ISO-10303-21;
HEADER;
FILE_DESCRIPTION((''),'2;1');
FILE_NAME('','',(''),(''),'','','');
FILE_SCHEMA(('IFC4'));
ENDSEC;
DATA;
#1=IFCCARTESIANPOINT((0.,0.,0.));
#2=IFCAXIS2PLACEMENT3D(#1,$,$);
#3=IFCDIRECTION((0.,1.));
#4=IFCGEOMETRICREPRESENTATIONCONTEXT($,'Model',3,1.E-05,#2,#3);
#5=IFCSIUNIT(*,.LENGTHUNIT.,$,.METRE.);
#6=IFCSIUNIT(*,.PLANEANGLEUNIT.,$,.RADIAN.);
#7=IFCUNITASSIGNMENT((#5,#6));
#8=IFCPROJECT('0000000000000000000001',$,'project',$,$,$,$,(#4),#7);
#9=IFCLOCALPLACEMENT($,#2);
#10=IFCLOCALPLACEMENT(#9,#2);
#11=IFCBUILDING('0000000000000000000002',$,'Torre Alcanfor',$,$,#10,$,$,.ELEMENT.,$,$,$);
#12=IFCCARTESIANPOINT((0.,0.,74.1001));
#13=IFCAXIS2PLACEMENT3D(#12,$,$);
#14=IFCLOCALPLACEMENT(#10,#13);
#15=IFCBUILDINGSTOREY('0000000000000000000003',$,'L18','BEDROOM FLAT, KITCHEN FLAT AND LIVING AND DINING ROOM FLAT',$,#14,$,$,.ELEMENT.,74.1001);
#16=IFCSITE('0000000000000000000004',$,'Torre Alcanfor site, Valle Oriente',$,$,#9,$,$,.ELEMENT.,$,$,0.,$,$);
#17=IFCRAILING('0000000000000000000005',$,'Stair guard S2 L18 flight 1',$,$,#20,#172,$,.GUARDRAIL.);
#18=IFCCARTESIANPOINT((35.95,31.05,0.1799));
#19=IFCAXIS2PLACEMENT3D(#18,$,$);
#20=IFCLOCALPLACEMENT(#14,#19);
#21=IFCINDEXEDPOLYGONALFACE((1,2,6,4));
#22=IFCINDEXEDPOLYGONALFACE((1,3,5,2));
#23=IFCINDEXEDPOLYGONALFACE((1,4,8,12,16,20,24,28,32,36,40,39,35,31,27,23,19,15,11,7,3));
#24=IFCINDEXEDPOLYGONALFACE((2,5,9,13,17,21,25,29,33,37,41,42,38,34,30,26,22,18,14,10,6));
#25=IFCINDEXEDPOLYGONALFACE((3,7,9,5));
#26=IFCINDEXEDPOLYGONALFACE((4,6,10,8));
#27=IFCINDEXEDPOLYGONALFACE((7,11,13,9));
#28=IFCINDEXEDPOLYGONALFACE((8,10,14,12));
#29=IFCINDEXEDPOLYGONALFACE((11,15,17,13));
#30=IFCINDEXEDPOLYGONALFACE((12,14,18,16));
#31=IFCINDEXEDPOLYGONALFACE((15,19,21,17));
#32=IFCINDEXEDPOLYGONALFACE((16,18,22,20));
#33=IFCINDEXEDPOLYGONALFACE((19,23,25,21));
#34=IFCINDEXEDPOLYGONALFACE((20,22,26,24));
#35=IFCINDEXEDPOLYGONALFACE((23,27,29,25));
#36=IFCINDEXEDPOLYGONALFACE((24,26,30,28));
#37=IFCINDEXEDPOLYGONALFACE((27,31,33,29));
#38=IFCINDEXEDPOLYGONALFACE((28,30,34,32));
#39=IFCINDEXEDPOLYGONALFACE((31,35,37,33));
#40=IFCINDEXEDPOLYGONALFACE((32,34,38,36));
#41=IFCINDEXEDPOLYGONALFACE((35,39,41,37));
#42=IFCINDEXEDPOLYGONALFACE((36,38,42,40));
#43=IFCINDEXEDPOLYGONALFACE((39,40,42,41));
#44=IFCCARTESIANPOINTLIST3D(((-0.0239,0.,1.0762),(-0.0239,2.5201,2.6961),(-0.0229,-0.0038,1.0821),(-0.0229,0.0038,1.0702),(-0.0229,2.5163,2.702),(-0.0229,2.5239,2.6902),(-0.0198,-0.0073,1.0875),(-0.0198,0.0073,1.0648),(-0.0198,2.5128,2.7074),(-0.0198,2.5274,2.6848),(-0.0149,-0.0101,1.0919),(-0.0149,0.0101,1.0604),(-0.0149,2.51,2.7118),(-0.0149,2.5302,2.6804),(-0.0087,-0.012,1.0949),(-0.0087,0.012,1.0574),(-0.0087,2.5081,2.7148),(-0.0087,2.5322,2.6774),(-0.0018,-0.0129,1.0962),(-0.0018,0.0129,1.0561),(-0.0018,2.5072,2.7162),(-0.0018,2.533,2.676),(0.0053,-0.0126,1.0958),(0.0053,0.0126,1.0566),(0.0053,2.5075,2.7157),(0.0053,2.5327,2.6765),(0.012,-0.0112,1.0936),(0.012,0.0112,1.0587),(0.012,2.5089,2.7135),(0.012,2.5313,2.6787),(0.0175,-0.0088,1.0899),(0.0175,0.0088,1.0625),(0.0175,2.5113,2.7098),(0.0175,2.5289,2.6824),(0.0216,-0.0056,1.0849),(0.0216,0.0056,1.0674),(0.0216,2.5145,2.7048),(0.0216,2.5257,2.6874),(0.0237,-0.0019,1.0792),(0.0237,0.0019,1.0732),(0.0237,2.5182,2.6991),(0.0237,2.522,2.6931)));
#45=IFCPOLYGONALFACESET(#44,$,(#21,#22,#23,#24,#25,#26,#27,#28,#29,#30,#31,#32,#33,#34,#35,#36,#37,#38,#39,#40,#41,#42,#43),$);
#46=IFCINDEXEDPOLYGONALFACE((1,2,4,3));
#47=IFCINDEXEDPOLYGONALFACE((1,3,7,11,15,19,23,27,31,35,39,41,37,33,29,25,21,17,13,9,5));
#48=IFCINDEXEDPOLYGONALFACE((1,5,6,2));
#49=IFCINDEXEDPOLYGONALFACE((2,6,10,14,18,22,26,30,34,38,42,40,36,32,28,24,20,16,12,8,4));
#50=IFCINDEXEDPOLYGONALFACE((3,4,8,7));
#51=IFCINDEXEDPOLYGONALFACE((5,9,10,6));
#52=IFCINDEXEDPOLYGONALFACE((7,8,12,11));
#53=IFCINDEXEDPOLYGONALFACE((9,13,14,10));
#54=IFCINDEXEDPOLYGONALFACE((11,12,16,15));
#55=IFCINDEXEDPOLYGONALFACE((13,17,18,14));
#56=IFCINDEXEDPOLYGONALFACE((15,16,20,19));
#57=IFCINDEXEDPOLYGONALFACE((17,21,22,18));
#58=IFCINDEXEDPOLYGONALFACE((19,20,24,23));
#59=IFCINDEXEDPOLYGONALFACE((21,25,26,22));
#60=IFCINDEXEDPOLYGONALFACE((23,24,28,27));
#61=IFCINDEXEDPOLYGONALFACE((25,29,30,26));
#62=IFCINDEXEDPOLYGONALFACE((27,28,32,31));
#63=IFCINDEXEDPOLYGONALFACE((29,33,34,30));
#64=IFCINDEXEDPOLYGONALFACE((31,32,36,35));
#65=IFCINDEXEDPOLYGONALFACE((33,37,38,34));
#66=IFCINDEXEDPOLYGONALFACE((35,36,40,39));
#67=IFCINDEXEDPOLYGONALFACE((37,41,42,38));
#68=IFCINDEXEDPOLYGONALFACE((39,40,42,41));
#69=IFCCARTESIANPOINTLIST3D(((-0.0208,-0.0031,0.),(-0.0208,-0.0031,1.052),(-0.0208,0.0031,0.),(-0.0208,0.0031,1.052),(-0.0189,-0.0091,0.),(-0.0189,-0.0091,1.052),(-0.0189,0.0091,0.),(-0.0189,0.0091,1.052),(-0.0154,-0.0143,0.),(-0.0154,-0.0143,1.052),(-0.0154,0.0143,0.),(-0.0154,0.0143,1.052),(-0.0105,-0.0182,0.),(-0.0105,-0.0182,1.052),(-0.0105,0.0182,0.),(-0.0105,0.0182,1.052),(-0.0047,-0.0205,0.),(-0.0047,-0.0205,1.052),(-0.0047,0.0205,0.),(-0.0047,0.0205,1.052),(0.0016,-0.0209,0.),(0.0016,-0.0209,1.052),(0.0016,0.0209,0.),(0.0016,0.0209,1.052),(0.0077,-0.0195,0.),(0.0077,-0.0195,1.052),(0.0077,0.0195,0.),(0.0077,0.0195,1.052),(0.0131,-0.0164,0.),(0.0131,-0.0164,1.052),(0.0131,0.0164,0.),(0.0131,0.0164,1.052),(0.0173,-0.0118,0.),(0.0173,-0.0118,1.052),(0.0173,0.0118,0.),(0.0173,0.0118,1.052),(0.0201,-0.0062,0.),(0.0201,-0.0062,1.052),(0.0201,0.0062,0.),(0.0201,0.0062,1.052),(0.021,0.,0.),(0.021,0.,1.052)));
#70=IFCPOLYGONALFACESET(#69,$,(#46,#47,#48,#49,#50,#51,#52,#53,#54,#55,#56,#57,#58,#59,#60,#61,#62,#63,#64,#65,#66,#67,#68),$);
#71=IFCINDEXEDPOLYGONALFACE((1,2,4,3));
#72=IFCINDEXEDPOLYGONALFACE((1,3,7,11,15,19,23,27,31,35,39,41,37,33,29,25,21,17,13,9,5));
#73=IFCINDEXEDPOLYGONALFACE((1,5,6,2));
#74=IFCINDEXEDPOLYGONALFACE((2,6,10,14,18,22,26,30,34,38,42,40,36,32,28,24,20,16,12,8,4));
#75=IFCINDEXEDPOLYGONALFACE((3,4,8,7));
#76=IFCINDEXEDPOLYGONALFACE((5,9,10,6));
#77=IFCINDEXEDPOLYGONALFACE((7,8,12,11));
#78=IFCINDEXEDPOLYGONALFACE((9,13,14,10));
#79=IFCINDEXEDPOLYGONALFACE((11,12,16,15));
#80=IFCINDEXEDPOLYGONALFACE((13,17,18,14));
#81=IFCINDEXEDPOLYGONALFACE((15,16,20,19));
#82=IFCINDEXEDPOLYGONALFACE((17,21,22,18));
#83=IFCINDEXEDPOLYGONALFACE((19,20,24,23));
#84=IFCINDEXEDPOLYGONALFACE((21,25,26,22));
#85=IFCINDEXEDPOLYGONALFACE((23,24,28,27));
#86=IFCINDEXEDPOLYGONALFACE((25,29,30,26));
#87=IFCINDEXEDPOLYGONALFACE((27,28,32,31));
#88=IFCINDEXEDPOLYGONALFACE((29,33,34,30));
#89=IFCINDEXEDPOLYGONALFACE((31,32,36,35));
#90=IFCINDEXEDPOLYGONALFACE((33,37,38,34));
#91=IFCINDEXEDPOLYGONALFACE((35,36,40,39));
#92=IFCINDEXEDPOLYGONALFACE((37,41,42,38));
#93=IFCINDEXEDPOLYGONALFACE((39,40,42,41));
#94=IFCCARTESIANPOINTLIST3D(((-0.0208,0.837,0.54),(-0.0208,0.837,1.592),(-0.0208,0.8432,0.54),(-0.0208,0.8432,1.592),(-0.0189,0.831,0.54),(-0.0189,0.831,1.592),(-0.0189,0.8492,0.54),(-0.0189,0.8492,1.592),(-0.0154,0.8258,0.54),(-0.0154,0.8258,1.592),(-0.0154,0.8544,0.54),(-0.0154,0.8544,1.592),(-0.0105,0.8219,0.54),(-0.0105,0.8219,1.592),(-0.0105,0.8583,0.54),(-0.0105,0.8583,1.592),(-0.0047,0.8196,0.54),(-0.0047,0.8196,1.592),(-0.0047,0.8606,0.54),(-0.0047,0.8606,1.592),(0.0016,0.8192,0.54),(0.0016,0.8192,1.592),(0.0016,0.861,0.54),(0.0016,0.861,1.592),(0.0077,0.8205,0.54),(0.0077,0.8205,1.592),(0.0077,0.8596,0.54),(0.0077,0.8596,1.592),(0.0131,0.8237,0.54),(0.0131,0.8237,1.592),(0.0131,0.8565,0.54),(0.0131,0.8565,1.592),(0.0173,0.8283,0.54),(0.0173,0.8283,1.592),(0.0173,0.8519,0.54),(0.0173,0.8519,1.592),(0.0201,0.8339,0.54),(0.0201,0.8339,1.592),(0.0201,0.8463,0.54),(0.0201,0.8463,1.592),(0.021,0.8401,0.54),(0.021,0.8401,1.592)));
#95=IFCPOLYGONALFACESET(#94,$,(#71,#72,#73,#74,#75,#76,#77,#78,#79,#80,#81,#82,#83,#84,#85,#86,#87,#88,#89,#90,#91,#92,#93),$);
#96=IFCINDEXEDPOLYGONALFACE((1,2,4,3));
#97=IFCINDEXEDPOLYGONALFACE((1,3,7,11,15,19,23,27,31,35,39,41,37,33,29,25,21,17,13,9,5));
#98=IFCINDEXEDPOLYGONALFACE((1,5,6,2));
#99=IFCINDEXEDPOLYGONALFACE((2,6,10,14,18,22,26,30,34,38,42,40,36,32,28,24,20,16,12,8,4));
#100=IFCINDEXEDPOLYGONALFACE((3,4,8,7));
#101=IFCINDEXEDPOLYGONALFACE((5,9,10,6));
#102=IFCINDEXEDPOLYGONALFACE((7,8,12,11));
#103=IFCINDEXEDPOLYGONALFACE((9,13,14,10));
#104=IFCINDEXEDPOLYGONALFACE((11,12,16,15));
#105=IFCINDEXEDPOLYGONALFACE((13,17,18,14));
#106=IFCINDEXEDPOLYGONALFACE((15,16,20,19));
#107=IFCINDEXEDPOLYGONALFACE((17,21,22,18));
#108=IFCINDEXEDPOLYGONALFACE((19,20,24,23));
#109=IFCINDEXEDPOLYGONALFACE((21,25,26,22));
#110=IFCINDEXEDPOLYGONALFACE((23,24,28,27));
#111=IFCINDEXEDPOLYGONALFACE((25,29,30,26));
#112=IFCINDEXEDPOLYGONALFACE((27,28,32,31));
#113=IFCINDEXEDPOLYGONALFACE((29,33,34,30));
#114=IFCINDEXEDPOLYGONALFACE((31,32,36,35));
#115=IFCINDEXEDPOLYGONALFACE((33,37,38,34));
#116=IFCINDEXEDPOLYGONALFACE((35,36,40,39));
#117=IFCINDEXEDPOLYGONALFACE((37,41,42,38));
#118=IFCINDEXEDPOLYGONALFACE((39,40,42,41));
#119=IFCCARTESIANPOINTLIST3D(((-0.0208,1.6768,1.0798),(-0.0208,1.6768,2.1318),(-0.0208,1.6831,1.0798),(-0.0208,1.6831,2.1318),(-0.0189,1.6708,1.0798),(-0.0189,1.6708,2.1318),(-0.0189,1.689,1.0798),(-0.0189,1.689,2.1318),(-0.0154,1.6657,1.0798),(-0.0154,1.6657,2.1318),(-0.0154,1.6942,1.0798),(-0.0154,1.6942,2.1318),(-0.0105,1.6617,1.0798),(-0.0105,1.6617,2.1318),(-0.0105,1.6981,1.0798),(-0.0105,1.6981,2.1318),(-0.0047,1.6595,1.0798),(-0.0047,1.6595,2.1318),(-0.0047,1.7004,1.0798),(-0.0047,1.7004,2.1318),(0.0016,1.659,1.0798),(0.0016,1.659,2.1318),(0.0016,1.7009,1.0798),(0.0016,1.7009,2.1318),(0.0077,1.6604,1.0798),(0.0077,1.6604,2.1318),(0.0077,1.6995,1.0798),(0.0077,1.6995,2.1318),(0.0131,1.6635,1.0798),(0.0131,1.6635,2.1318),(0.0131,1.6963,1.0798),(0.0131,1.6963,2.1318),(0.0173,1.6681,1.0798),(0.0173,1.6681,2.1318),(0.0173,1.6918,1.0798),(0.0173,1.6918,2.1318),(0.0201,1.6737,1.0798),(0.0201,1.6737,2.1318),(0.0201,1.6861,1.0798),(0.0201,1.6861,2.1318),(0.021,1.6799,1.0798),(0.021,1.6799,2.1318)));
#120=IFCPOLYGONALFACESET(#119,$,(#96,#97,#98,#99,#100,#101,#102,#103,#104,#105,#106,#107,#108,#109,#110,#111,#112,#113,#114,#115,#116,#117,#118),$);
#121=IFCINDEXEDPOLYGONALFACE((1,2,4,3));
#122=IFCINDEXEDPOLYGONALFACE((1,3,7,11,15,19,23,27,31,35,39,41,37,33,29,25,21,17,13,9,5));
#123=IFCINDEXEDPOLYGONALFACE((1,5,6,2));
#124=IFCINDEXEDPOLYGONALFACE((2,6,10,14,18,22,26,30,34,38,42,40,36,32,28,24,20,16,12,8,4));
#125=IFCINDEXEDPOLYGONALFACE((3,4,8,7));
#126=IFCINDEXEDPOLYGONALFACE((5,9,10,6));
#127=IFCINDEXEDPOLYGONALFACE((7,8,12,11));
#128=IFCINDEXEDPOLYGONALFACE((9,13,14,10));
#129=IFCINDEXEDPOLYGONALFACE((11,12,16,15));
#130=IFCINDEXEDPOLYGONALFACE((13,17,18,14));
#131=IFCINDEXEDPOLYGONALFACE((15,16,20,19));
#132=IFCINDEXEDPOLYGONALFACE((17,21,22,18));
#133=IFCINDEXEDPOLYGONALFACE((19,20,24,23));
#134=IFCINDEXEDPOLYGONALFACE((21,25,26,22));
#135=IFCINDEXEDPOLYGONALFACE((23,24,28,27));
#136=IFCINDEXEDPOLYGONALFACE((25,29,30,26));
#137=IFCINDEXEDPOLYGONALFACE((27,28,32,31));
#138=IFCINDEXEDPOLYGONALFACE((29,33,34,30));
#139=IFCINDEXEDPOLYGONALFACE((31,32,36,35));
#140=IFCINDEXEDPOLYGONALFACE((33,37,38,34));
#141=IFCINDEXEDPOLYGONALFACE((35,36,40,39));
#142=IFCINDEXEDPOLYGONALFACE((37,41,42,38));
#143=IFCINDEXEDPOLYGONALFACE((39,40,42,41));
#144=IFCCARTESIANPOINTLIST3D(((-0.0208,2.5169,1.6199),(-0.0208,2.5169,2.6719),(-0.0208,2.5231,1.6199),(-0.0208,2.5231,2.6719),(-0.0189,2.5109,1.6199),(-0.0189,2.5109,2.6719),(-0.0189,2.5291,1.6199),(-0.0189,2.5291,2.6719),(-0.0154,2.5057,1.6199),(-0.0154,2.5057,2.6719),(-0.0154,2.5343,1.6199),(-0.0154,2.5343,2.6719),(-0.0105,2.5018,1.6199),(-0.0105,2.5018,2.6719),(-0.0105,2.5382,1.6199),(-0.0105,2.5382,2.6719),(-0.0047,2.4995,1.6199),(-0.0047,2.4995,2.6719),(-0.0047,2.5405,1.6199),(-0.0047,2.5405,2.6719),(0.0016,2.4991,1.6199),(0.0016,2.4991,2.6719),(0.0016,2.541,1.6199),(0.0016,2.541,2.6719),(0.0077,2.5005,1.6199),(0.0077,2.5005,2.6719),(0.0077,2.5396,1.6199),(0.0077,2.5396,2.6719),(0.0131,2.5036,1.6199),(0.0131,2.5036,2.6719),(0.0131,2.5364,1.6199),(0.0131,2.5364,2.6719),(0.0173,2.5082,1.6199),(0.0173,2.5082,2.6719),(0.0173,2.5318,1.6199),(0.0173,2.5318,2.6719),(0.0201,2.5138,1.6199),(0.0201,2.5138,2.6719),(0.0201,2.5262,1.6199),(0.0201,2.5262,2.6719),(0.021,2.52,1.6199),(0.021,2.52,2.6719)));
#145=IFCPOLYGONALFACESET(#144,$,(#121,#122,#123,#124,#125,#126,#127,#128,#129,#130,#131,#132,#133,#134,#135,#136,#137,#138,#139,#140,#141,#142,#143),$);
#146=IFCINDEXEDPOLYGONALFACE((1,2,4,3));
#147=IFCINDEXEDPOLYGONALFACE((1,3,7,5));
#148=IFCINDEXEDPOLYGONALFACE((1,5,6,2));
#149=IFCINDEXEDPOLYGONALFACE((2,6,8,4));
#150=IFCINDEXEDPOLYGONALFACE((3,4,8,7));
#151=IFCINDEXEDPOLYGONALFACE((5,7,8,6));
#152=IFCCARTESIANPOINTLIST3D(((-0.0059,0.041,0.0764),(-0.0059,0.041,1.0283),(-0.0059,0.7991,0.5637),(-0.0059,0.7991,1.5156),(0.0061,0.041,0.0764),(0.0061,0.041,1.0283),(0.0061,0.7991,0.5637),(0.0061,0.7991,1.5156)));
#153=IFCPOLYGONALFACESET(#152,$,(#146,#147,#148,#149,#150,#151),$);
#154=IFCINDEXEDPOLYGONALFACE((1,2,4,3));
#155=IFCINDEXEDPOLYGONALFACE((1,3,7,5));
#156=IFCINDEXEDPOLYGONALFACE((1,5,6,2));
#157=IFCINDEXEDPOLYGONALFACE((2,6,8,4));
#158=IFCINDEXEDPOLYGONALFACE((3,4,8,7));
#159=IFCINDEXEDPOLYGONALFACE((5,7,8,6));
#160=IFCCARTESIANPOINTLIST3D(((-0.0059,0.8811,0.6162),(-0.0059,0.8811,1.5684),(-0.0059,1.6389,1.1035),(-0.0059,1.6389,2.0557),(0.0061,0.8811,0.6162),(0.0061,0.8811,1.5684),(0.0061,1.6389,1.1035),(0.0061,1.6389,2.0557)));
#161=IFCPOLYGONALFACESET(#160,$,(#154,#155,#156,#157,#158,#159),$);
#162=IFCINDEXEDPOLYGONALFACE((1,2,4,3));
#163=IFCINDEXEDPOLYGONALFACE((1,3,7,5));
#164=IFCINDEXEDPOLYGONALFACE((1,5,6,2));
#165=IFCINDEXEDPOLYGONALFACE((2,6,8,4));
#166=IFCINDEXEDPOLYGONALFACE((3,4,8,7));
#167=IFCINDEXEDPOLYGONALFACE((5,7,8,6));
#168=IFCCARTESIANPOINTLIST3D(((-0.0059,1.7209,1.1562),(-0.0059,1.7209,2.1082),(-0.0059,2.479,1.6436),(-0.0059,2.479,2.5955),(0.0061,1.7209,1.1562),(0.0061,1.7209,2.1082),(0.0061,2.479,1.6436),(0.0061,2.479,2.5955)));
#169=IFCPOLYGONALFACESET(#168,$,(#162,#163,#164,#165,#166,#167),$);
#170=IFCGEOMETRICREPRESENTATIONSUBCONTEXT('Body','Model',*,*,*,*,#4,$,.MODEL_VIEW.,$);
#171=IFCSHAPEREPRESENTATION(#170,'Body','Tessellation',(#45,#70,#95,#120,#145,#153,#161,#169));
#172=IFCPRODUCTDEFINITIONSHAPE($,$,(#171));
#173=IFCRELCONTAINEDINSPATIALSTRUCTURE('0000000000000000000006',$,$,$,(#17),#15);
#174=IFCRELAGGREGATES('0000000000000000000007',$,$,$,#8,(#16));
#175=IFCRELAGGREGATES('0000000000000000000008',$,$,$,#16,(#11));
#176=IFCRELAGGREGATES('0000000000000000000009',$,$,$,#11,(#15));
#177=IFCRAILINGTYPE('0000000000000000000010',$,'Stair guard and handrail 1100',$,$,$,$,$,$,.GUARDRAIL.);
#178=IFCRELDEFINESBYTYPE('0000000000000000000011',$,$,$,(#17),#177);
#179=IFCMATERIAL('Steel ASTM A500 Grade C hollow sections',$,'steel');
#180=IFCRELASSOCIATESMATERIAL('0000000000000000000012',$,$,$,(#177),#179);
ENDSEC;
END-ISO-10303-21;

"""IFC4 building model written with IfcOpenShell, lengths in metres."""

from ifc_helpers import new_model, si_unit, direction, frame, origin, origin_2d, place, context, subcontext, project, spatial, polyline, circle, outline, extrude, material, type_object, element, save


model = new_model("IFC4")

# Units and contexts
model_context = context("Model", 3, precision=1e-05, world=origin(), true_north=direction((0.0, 1.0)))
body_context = subcontext(model_context, "Body", "Model", "MODEL_VIEW")
ifc_project = project(units=[si_unit("LENGTHUNIT", "METRE"), si_unit("PLANEANGLEUNIT", "RADIAN")], contexts=[model_context])

# Site, building, storey
site_placement = place(None, origin())
site = spatial("IfcSite", under=ifc_project, at=site_placement, Name="Torre Alcanfor site, Valle Oriente", CompositionType="ELEMENT", RefElevation=0.0)
building_placement = place(site_placement, origin())
building = spatial("IfcBuilding", under=site, at=building_placement, Name="Torre Alcanfor", CompositionType="ELEMENT")
storey_placement = place(building_placement, frame((0.0, 0.0, 74.1001)))
storey = spatial("IfcBuildingStorey", under=building, at=storey_placement, Name="L18", Description="BEDROOM FLAT, KITCHEN FLAT AND LIVING AND DINING ROOM FLAT", CompositionType="ELEMENT", Elevation=74.1001)

# Railing
ifc_material_1 = material(Name="Steel ASTM A500 Grade C hollow sections", Category="steel")
railing_type_1 = type_object("IfcRailingType", Name="Stair guard and handrail 1100", PredefinedType="GUARDRAIL", material=ifc_material_1)
railing_1_placement = place(storey_placement, frame((35.95, 31.05, 0.1799)))
element("IfcRailing", 1, at=railing_1_placement, inside=storey, type_object=railing_type_1, Name="Stair guard S2 L18 flight 1", PredefinedType="GUARDRAIL", context=body_context, shape_type="SweptSolid", body=[
    extrude(circle(Radius=0.0239, at=origin_2d()), frame((0.0, 0.0, 1.0762), z_axis=(0.0, 0.8412, 0.540725), x_axis=(-1.0, 0.0, 0.0)), (0.0, 0.0, 1.0), 2.9958),
    extrude(circle(Radius=0.021, at=origin_2d()), origin(), (0.0, 0.0, 1.0), 1.052),
    extrude(circle(Radius=0.021, at=origin_2d()), frame((0.0, 0.8401, 0.54)), (0.0, 0.0, 1.0), 1.052),
    extrude(circle(Radius=0.021, at=origin_2d()), frame((0.0, 1.6799, 1.0798)), (0.0, 0.0, 1.0), 1.052),
    extrude(circle(Radius=0.021, at=origin_2d()), frame((0.0, 2.52, 1.6199)), (0.0, 0.0, 1.0), 1.052),
    extrude(outline(polyline([(0.041, 0.0764), (0.7991, 0.5637), (0.7991, 1.5156), (0.041, 1.0283), (0.041, 0.0764)])), frame((-0.0059, 0.0, 0.0), z_axis=(1.0, 0.0, 0.0), x_axis=(0.0, 1.0, 0.0)), (0.0, 0.0, 1.0), 0.012),
    extrude(outline(polyline([(0.8811, 0.6162), (1.6389, 1.1035), (1.6389, 2.0557), (0.8811, 1.5684), (0.8811, 0.6162)])), frame((-0.0059, 0.0, 0.0), z_axis=(1.0, 0.0, 0.0), x_axis=(0.0, 1.0, 0.0)), (0.0, 0.0, 1.0), 0.012),
    extrude(outline(polyline([(1.7209, 1.1562), (2.479, 1.6436), (2.479, 2.5955), (1.7209, 2.1082), (1.7209, 1.1562)])), frame((-0.0059, 0.0, 0.0), z_axis=(1.0, 0.0, 0.0), x_axis=(0.0, 1.0, 0.0)), (0.0, 0.0, 1.0), 0.012),
])

save(model, "model.ifc")
